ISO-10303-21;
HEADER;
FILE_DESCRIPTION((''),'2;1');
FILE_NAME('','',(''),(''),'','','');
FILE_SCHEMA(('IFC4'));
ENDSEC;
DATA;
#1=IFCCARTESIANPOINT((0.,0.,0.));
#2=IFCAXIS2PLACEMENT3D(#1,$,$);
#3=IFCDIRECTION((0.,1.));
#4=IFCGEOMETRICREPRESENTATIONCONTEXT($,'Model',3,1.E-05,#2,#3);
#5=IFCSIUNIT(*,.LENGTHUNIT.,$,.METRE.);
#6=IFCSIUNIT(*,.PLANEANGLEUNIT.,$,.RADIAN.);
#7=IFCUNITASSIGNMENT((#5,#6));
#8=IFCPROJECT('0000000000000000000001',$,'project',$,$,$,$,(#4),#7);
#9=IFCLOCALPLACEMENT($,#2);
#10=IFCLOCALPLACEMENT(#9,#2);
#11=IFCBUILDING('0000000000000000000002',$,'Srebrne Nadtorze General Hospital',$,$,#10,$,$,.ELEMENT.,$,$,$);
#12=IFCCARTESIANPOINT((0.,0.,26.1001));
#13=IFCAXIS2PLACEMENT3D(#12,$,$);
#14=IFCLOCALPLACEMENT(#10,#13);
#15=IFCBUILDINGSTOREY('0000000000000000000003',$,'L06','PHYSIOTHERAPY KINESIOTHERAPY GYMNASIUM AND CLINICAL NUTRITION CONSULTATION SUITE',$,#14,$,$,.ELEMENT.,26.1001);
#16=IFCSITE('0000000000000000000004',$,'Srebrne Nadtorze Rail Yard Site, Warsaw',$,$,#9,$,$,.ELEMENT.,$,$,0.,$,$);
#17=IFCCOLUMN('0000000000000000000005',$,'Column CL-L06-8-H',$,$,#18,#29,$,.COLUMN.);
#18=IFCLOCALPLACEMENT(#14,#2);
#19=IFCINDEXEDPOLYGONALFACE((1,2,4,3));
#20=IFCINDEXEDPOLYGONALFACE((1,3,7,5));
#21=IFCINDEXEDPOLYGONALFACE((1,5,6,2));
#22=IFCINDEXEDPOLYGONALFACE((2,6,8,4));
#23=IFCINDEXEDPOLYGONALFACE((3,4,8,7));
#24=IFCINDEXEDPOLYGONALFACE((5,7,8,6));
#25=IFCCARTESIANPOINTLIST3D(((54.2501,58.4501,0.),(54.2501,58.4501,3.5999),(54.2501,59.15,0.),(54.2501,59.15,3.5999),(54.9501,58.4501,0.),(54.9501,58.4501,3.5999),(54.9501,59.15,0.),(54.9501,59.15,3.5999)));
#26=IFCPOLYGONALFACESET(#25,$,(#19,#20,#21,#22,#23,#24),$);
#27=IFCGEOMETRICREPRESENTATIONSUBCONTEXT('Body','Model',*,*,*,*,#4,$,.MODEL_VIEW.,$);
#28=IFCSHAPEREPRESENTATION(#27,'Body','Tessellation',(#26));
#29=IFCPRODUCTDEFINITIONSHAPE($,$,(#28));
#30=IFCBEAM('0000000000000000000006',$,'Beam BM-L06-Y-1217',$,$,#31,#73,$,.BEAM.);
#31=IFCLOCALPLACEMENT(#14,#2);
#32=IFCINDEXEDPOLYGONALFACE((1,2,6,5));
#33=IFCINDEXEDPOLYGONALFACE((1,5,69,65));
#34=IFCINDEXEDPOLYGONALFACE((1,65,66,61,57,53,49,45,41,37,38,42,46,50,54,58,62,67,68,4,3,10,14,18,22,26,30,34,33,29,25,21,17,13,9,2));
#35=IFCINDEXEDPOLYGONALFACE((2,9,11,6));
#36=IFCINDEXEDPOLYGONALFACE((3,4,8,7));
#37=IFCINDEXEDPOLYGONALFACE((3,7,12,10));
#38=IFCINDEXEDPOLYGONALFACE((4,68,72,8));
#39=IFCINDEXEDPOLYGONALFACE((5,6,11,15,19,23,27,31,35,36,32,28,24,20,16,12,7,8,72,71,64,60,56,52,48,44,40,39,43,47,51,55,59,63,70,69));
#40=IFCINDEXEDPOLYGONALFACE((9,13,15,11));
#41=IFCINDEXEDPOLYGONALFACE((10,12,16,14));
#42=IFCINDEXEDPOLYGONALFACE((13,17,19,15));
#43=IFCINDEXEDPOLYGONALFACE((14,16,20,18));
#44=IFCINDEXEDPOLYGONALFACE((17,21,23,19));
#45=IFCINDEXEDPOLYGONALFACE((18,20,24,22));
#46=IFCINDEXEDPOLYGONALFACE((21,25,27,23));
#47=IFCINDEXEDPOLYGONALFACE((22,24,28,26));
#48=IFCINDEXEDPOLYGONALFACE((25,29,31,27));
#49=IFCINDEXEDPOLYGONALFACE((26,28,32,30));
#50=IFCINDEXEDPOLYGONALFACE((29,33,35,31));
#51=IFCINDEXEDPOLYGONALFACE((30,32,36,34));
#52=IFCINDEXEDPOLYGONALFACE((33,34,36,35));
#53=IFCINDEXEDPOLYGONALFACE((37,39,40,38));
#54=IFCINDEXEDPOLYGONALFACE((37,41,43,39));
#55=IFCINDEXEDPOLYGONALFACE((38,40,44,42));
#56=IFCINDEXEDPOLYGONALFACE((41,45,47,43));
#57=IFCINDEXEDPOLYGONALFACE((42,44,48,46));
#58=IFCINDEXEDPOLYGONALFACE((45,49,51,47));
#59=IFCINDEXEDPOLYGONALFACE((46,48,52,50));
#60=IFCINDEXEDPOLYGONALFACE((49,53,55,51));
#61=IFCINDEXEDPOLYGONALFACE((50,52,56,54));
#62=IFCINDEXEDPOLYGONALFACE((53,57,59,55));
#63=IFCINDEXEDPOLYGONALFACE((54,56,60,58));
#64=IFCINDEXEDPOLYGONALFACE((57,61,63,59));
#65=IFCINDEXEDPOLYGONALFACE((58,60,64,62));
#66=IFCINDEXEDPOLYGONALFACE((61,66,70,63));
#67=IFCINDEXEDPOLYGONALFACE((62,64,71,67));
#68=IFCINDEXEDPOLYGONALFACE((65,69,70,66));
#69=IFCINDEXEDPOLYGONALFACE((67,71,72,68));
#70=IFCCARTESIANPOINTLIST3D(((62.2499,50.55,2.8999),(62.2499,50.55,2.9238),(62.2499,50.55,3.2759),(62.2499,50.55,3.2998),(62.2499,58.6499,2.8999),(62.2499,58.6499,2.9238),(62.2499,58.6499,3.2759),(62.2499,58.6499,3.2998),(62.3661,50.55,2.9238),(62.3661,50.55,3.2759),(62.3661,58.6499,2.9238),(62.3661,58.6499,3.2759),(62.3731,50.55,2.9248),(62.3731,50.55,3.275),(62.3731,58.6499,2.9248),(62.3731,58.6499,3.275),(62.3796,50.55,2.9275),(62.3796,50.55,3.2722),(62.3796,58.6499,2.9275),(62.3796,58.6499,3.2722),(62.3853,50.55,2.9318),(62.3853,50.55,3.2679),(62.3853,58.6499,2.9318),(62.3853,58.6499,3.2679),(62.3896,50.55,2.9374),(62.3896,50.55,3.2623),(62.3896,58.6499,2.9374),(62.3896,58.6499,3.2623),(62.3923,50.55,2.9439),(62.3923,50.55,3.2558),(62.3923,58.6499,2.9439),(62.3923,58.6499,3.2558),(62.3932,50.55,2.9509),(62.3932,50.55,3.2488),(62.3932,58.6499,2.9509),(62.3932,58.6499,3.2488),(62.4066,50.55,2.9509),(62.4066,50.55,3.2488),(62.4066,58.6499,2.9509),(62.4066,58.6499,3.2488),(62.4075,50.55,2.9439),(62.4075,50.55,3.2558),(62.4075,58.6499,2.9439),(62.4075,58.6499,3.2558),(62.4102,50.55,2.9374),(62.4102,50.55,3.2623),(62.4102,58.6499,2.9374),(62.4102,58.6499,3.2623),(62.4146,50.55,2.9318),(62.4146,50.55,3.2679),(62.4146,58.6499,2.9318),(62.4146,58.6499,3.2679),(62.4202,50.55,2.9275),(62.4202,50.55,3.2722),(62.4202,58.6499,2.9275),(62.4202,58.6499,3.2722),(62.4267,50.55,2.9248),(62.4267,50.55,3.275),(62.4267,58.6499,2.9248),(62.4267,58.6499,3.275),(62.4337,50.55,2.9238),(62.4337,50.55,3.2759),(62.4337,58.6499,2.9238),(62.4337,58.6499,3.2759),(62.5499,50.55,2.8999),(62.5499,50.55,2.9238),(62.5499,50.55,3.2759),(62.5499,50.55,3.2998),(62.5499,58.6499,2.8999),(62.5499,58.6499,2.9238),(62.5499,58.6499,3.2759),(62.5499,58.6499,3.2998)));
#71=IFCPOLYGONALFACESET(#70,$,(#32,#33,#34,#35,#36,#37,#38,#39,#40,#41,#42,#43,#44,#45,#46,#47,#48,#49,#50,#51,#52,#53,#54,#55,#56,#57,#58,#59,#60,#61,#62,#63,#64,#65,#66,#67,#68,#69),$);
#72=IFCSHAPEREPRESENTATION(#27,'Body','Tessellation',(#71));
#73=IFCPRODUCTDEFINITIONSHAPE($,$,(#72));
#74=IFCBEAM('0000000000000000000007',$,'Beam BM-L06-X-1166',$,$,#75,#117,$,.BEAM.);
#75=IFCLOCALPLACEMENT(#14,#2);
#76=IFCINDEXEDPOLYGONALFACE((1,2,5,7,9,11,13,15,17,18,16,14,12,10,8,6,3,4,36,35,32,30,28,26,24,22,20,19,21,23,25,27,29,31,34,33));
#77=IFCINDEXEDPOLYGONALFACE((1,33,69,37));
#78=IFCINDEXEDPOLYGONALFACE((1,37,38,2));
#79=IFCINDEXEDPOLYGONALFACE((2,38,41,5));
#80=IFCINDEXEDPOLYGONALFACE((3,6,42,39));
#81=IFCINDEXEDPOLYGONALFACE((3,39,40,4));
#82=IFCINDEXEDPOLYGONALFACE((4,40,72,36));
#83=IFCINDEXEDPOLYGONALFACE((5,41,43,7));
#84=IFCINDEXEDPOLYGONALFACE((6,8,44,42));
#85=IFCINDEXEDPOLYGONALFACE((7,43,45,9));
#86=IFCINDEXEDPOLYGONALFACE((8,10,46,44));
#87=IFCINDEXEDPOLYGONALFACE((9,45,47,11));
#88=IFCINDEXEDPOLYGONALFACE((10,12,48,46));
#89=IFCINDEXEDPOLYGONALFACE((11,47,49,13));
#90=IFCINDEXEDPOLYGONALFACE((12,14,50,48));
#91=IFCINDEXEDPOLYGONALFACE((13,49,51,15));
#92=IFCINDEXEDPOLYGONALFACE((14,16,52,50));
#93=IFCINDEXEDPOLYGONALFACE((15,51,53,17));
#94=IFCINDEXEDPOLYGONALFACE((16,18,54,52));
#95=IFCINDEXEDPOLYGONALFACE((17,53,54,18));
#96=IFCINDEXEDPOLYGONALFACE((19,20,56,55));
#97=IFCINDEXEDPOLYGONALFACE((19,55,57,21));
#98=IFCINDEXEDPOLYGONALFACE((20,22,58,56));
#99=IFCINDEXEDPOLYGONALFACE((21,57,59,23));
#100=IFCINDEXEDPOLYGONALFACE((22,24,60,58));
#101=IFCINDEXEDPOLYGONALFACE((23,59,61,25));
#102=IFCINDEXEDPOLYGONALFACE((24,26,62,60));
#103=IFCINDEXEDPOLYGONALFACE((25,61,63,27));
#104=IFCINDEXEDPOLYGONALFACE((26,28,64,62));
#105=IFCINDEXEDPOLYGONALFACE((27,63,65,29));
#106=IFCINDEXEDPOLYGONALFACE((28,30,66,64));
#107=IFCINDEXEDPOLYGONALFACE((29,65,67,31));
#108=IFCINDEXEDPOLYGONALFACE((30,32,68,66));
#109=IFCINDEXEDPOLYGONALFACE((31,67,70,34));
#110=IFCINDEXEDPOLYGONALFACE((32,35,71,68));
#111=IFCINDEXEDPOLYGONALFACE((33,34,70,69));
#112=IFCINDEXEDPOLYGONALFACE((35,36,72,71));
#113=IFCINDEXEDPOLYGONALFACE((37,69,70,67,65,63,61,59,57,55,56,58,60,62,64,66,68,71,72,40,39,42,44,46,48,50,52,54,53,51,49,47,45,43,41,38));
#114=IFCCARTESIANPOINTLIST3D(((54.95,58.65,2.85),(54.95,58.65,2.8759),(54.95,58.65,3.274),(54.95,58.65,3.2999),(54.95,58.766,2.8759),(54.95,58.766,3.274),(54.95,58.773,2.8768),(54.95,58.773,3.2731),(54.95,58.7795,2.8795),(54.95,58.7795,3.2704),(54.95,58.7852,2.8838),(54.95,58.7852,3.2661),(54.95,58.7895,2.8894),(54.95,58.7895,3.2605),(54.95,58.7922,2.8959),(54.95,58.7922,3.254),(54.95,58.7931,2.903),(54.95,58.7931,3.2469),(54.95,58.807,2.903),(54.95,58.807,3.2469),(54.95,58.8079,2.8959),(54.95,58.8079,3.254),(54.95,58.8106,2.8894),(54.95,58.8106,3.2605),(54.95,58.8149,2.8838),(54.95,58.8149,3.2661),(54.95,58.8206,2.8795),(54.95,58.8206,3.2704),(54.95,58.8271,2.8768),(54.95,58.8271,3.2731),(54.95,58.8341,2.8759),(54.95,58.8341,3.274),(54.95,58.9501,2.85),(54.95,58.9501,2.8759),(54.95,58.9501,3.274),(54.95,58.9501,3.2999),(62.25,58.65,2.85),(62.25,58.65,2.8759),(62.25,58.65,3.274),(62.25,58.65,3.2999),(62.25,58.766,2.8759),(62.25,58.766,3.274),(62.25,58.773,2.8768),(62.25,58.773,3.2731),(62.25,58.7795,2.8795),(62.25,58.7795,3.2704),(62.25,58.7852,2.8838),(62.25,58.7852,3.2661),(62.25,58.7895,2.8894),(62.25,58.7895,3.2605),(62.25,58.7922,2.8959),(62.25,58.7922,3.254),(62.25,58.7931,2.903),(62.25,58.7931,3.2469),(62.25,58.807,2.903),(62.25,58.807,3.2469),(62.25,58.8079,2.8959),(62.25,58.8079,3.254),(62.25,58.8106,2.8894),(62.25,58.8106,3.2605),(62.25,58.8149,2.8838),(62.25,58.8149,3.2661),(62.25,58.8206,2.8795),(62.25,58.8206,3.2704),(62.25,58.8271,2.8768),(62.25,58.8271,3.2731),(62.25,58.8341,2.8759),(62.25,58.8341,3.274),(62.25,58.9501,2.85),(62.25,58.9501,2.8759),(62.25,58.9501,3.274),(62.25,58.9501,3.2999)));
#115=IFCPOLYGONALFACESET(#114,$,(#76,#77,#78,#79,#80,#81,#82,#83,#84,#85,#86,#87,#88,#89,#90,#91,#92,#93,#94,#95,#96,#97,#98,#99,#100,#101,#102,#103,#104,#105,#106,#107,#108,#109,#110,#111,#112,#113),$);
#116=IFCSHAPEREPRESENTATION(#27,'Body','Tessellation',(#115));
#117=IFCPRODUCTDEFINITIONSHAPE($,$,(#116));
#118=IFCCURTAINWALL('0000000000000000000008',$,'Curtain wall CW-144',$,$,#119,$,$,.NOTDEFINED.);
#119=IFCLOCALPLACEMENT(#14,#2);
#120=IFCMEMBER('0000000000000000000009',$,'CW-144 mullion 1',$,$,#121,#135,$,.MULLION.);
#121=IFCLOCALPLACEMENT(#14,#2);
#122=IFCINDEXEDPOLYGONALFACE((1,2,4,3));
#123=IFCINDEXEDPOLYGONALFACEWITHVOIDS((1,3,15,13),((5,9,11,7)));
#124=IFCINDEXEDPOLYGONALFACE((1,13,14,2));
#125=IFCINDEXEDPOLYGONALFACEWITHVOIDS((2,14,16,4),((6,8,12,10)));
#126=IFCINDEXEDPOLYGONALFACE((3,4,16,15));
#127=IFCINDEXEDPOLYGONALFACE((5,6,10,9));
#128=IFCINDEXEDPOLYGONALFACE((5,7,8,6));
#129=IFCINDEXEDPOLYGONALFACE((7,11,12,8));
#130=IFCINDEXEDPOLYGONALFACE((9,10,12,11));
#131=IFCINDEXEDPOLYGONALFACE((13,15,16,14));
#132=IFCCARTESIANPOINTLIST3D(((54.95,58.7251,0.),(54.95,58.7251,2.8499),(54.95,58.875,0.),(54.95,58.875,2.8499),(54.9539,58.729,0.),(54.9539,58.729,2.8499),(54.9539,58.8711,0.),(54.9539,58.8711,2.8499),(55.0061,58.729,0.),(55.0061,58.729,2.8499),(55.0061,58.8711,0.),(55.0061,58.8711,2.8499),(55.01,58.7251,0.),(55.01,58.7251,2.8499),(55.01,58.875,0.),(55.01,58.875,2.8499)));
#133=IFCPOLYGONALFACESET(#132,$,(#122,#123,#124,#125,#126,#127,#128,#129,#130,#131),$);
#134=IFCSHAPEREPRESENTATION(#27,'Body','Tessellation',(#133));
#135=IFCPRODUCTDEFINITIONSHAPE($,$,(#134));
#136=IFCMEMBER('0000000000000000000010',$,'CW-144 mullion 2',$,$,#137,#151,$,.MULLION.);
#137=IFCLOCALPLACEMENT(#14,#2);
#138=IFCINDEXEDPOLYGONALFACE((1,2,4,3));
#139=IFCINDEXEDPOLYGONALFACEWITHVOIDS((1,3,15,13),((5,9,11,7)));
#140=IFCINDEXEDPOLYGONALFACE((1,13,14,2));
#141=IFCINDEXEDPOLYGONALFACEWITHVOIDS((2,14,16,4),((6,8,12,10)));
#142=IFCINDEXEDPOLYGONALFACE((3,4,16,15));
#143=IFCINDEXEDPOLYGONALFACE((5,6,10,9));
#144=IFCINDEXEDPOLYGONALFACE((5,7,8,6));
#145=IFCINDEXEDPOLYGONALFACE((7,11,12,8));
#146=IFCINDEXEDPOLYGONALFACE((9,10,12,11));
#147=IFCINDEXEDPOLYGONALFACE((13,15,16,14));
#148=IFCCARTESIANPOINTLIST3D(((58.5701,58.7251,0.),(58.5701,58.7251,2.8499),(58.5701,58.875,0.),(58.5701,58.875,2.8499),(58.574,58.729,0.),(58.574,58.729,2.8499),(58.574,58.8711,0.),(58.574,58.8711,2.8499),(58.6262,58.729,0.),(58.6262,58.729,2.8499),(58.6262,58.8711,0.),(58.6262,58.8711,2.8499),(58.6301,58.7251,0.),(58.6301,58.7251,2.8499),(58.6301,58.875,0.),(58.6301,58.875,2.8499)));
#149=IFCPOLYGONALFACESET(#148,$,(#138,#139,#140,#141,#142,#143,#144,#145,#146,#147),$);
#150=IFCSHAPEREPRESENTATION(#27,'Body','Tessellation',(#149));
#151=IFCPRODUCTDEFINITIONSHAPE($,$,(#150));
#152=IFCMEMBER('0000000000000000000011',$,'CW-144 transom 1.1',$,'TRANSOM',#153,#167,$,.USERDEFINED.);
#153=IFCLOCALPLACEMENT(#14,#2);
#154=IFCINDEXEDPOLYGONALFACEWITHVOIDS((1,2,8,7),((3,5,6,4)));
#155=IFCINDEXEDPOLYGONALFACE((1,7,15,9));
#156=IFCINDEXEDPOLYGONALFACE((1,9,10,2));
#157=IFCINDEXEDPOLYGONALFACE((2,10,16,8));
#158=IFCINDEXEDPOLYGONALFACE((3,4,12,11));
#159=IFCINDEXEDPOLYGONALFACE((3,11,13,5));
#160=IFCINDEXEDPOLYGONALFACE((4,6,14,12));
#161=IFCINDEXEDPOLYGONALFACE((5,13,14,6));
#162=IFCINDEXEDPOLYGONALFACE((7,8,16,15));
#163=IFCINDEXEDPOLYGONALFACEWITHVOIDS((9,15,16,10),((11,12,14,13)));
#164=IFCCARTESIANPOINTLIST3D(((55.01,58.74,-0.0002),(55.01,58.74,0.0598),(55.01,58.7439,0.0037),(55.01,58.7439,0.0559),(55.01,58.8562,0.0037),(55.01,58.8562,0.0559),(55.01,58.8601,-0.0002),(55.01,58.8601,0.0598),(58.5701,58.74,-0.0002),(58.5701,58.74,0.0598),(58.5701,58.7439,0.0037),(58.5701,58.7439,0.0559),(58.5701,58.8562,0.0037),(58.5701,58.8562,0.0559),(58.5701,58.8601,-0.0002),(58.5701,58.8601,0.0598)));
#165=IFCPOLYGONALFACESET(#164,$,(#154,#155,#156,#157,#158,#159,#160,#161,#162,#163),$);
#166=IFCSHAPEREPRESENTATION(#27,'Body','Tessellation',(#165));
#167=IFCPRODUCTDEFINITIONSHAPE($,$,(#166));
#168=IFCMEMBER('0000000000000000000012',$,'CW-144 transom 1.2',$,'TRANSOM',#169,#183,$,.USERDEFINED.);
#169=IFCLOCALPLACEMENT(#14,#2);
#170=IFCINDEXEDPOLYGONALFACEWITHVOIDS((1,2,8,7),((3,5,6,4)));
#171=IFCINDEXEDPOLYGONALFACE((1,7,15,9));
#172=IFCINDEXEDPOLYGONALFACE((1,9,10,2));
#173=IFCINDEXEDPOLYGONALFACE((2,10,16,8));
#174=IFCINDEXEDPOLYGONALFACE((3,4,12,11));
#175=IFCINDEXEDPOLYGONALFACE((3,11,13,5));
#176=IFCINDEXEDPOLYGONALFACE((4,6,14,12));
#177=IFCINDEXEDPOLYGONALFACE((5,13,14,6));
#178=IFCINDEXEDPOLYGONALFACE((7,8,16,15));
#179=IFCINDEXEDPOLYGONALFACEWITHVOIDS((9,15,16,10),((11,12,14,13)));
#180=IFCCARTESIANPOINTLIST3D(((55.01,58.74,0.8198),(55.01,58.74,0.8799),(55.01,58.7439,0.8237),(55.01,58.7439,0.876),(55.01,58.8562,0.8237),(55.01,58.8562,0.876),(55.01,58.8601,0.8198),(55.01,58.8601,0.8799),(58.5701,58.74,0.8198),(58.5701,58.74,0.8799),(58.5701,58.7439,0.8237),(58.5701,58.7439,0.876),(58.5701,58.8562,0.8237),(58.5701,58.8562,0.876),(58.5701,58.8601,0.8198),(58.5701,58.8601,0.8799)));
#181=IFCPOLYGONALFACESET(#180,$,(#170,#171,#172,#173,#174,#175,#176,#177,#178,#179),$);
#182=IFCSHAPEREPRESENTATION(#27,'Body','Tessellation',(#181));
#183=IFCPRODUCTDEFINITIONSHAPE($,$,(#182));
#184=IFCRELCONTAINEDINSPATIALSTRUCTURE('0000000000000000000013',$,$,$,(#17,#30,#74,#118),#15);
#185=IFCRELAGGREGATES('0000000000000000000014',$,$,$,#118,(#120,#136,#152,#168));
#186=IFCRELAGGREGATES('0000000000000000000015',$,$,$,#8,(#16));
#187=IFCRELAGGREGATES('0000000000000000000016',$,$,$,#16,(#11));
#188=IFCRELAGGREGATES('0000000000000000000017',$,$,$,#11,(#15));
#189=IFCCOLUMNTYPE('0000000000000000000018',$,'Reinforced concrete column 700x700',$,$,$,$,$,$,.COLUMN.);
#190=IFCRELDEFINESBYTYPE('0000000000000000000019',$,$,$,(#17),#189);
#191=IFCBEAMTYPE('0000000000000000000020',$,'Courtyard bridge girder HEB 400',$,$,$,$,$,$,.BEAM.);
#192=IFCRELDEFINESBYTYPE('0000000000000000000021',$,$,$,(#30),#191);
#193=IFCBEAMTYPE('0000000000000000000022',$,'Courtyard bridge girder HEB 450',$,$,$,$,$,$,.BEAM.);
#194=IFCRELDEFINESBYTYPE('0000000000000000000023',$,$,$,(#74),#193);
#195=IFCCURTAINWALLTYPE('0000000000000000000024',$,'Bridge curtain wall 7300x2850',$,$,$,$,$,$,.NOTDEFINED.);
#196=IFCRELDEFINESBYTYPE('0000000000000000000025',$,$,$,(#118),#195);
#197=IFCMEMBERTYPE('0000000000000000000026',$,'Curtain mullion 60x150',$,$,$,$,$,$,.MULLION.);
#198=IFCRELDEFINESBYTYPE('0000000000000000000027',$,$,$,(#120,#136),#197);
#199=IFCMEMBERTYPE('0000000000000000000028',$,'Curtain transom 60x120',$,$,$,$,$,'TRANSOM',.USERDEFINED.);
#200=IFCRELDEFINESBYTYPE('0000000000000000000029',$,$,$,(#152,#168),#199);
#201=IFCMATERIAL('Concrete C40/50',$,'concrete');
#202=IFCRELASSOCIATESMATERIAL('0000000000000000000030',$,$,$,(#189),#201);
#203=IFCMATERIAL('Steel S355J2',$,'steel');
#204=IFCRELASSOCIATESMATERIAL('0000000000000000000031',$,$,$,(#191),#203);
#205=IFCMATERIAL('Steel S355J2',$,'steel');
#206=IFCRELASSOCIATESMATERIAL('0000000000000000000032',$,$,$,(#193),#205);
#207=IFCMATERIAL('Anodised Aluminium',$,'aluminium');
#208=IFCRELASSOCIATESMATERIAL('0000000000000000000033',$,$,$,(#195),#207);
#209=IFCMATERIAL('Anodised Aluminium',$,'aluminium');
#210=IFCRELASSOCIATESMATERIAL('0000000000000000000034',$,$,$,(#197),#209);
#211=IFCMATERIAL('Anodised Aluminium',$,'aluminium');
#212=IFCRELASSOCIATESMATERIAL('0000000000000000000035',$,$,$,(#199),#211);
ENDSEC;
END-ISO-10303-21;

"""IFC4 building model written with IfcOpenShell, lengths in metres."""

from ifc_helpers import new_model, si_unit, direction, frame, origin, origin_2d, place, context, subcontext, project, spatial, rectangle, hollow_rectangle, i_section, extrude, material, material_profile, profile_set, type_object, element, aggregate, save


model = new_model("IFC4")

# Units and contexts
model_context = context("Model", 3, precision=1e-05, world=origin(), true_north=direction((0.0, 1.0)))
body_context = subcontext(model_context, "Body", "Model", "MODEL_VIEW")
ifc_project = project(units=[si_unit("LENGTHUNIT", "METRE"), si_unit("PLANEANGLEUNIT", "RADIAN")], contexts=[model_context])

# Site, building, storey
site_placement = place(None, origin())
site = spatial("IfcSite", under=ifc_project, at=site_placement, Name="Srebrne Nadtorze Rail Yard Site, Warsaw", CompositionType="ELEMENT", RefElevation=0.0)
building_placement = place(site_placement, origin())
building = spatial("IfcBuilding", under=site, at=building_placement, Name="Srebrne Nadtorze General Hospital", CompositionType="ELEMENT")
storey_placement = place(building_placement, frame((0.0, 0.0, 26.1001)))
storey = spatial("IfcBuildingStorey", under=building, at=storey_placement, Name="L06", Description="PHYSIOTHERAPY KINESIOTHERAPY GYMNASIUM AND CLINICAL NUTRITION CONSULTATION SUITE", CompositionType="ELEMENT", Elevation=26.1001)

# Column
ifc_material_1 = material(Name="Concrete C40/50", Category="concrete")
ifc_material_profile_1 = material_profile(ifc_material_1, rectangle(XDim=0.7, YDim=0.7, at=origin_2d()), Name="RC-COL-700x700")
ifc_profile_set_1 = profile_set([ifc_material_profile_1], Name="Concrete C40/50")
column_type = type_object("IfcColumnType", Name="Reinforced concrete column 700x700", PredefinedType="COLUMN", material=ifc_profile_set_1)
column_placement = place(storey_placement, frame((54.6001, 58.8, 0.0), z_axis=(0.0, 0.0, 1.0), x_axis=(1.0, 0.0, 0.0)))
element("IfcColumn", 1, at=column_placement, inside=storey, type_object=column_type, Name="Column CL-L06-8-H", PredefinedType="COLUMN", context=body_context, shape_type="SweptSolid", body=[
    extrude(rectangle(XDim=0.7, YDim=0.7, at=origin_2d()), origin(), (0.0, 0.0, 1.0), 3.5999),
])

# Beams
ifc_material_2 = material(Name="Steel S355J2", Category="steel")
ifc_material_profile_2 = material_profile(ifc_material_2, i_section(OverallWidth=0.3, OverallDepth=0.3999, WebThickness=0.0134, FlangeThickness=0.0239, FilletRadius=0.0271, at=origin_2d()), Name="HEB-400")
ifc_profile_set_2 = profile_set([ifc_material_profile_2], Name="Steel S355J2")
beam_type_1 = type_object("IfcBeamType", Name="Courtyard bridge girder HEB 400", PredefinedType="BEAM", material=ifc_profile_set_2)
beam_1_placement = place(storey_placement, frame((62.3999, 50.55, 3.0999), z_axis=(0.0, 1.0, 0.0), x_axis=(-1.0, 0.0, 0.0)))
element("IfcBeam", 2, at=beam_1_placement, inside=storey, type_object=beam_type_1, Name="Beam BM-L06-Y-1217", PredefinedType="BEAM", context=body_context, shape_type="SweptSolid", body=[
    extrude(i_section(OverallWidth=0.3, OverallDepth=0.3999, WebThickness=0.0134, FlangeThickness=0.0239, FilletRadius=0.0271, at=origin_2d()), origin(), (0.0, 0.0, 1.0), 8.0999),
])
ifc_material_3 = material(Name="Steel S355J2", Category="steel")
ifc_material_profile_3 = material_profile(ifc_material_3, i_section(OverallWidth=0.3, OverallDepth=0.45, WebThickness=0.0139, FlangeThickness=0.0259, FilletRadius=0.0271, at=origin_2d()), Name="HEB-450")
ifc_profile_set_3 = profile_set([ifc_material_profile_3], Name="Steel S355J2")
beam_type_2 = type_object("IfcBeamType", Name="Courtyard bridge girder HEB 450", PredefinedType="BEAM", material=ifc_profile_set_3)
beam_2_placement = place(storey_placement, frame((54.95, 58.8, 3.075), z_axis=(1.0, 0.0, 0.0), x_axis=(0.0, 1.0, 0.0)))
element("IfcBeam", 3, at=beam_2_placement, inside=storey, type_object=beam_type_2, Name="Beam BM-L06-X-1166", PredefinedType="BEAM", context=body_context, shape_type="SweptSolid", body=[
    extrude(i_section(OverallWidth=0.3, OverallDepth=0.45, WebThickness=0.0139, FlangeThickness=0.0259, FilletRadius=0.0271, at=origin_2d()), origin(), (0.0, 0.0, 1.0), 7.3),
])

# Curtain wall, members
ifc_material_4 = material(Name="Anodised Aluminium", Category="aluminium")
curtain_wall_type = type_object("IfcCurtainWallType", Name="Bridge curtain wall 7300x2850", PredefinedType="NOTDEFINED", material=ifc_material_4)
curtain_wall_placement = place(storey_placement, origin())
curtain_wall = element("IfcCurtainWall", 4, at=curtain_wall_placement, inside=storey, type_object=curtain_wall_type, Name="Curtain wall CW-144", PredefinedType="NOTDEFINED")
ifc_material_5 = material(Name="Anodised Aluminium", Category="aluminium")
ifc_material_profile_4 = material_profile(ifc_material_5, hollow_rectangle(XDim=0.0601, YDim=0.1499, WallThickness=0.0039, at=origin_2d()), Name="AL-MUL-60x150")
ifc_profile_set_4 = profile_set([ifc_material_profile_4], Name="Anodised Aluminium")
member_type_1 = type_object("IfcMemberType", Name="Curtain mullion 60x150", PredefinedType="MULLION", material=ifc_profile_set_4)
member_1_placement = place(storey_placement, frame((54.98, 58.8, 0.0), z_axis=(0.0, 0.0, 1.0), x_axis=(1.0, 0.0, 0.0)))
member_1 = element("IfcMember", 5, at=member_1_placement, type_object=member_type_1, Name="CW-144 mullion 1", PredefinedType="MULLION", context=body_context, shape_type="SweptSolid", body=[
    extrude(hollow_rectangle(XDim=0.0601, YDim=0.1499, WallThickness=0.0039, at=origin_2d()), origin(), (0.0, 0.0, 1.0), 2.8499),
])
member_2_placement = place(storey_placement, frame((58.6001, 58.8, 0.0), z_axis=(0.0, 0.0, 1.0), x_axis=(1.0, 0.0, 0.0)))
member_2 = element("IfcMember", 6, at=member_2_placement, type_object=member_type_1, Name="CW-144 mullion 2", PredefinedType="MULLION", context=body_context, shape_type="SweptSolid", body=[
    extrude(hollow_rectangle(XDim=0.0601, YDim=0.1499, WallThickness=0.0039, at=origin_2d()), origin(), (0.0, 0.0, 1.0), 2.8499),
])
ifc_material_6 = material(Name="Anodised Aluminium", Category="aluminium")
ifc_material_profile_5 = material_profile(ifc_material_6, hollow_rectangle(XDim=0.0601, YDim=0.1201, WallThickness=0.0039, at=origin_2d()), Name="AL-TRN-60x120")
ifc_profile_set_5 = profile_set([ifc_material_profile_5], Name="Anodised Aluminium")
member_type_2 = type_object("IfcMemberType", Name="Curtain transom 60x120", ElementType="TRANSOM", PredefinedType="USERDEFINED", material=ifc_profile_set_5)
member_3_placement = place(storey_placement, frame((55.01, 58.8, 0.0298), z_axis=(1.0, 0.0, 0.0), x_axis=(0.0, 0.0, 1.0)))
member_3 = element("IfcMember", 7, at=member_3_placement, type_object=member_type_2, Name="CW-144 transom 1.1", ObjectType="TRANSOM", PredefinedType="USERDEFINED", context=body_context, shape_type="SweptSolid", body=[
    extrude(hollow_rectangle(XDim=0.0601, YDim=0.1201, WallThickness=0.0039, at=origin_2d()), origin(), (0.0, 0.0, 1.0), 3.5601),
])
member_4_placement = place(storey_placement, frame((55.01, 58.8, 0.8499), z_axis=(1.0, 0.0, 0.0), x_axis=(0.0, 0.0, 1.0)))
member_4 = element("IfcMember", 8, at=member_4_placement, type_object=member_type_2, Name="CW-144 transom 1.2", ObjectType="TRANSOM", PredefinedType="USERDEFINED", context=body_context, shape_type="SweptSolid", body=[
    extrude(hollow_rectangle(XDim=0.0601, YDim=0.1201, WallThickness=0.0039, at=origin_2d()), origin(), (0.0, 0.0, 1.0), 3.5601),
])

aggregate(curtain_wall, [member_1, member_2, member_3, member_4])

save(model, "model.ifc")
